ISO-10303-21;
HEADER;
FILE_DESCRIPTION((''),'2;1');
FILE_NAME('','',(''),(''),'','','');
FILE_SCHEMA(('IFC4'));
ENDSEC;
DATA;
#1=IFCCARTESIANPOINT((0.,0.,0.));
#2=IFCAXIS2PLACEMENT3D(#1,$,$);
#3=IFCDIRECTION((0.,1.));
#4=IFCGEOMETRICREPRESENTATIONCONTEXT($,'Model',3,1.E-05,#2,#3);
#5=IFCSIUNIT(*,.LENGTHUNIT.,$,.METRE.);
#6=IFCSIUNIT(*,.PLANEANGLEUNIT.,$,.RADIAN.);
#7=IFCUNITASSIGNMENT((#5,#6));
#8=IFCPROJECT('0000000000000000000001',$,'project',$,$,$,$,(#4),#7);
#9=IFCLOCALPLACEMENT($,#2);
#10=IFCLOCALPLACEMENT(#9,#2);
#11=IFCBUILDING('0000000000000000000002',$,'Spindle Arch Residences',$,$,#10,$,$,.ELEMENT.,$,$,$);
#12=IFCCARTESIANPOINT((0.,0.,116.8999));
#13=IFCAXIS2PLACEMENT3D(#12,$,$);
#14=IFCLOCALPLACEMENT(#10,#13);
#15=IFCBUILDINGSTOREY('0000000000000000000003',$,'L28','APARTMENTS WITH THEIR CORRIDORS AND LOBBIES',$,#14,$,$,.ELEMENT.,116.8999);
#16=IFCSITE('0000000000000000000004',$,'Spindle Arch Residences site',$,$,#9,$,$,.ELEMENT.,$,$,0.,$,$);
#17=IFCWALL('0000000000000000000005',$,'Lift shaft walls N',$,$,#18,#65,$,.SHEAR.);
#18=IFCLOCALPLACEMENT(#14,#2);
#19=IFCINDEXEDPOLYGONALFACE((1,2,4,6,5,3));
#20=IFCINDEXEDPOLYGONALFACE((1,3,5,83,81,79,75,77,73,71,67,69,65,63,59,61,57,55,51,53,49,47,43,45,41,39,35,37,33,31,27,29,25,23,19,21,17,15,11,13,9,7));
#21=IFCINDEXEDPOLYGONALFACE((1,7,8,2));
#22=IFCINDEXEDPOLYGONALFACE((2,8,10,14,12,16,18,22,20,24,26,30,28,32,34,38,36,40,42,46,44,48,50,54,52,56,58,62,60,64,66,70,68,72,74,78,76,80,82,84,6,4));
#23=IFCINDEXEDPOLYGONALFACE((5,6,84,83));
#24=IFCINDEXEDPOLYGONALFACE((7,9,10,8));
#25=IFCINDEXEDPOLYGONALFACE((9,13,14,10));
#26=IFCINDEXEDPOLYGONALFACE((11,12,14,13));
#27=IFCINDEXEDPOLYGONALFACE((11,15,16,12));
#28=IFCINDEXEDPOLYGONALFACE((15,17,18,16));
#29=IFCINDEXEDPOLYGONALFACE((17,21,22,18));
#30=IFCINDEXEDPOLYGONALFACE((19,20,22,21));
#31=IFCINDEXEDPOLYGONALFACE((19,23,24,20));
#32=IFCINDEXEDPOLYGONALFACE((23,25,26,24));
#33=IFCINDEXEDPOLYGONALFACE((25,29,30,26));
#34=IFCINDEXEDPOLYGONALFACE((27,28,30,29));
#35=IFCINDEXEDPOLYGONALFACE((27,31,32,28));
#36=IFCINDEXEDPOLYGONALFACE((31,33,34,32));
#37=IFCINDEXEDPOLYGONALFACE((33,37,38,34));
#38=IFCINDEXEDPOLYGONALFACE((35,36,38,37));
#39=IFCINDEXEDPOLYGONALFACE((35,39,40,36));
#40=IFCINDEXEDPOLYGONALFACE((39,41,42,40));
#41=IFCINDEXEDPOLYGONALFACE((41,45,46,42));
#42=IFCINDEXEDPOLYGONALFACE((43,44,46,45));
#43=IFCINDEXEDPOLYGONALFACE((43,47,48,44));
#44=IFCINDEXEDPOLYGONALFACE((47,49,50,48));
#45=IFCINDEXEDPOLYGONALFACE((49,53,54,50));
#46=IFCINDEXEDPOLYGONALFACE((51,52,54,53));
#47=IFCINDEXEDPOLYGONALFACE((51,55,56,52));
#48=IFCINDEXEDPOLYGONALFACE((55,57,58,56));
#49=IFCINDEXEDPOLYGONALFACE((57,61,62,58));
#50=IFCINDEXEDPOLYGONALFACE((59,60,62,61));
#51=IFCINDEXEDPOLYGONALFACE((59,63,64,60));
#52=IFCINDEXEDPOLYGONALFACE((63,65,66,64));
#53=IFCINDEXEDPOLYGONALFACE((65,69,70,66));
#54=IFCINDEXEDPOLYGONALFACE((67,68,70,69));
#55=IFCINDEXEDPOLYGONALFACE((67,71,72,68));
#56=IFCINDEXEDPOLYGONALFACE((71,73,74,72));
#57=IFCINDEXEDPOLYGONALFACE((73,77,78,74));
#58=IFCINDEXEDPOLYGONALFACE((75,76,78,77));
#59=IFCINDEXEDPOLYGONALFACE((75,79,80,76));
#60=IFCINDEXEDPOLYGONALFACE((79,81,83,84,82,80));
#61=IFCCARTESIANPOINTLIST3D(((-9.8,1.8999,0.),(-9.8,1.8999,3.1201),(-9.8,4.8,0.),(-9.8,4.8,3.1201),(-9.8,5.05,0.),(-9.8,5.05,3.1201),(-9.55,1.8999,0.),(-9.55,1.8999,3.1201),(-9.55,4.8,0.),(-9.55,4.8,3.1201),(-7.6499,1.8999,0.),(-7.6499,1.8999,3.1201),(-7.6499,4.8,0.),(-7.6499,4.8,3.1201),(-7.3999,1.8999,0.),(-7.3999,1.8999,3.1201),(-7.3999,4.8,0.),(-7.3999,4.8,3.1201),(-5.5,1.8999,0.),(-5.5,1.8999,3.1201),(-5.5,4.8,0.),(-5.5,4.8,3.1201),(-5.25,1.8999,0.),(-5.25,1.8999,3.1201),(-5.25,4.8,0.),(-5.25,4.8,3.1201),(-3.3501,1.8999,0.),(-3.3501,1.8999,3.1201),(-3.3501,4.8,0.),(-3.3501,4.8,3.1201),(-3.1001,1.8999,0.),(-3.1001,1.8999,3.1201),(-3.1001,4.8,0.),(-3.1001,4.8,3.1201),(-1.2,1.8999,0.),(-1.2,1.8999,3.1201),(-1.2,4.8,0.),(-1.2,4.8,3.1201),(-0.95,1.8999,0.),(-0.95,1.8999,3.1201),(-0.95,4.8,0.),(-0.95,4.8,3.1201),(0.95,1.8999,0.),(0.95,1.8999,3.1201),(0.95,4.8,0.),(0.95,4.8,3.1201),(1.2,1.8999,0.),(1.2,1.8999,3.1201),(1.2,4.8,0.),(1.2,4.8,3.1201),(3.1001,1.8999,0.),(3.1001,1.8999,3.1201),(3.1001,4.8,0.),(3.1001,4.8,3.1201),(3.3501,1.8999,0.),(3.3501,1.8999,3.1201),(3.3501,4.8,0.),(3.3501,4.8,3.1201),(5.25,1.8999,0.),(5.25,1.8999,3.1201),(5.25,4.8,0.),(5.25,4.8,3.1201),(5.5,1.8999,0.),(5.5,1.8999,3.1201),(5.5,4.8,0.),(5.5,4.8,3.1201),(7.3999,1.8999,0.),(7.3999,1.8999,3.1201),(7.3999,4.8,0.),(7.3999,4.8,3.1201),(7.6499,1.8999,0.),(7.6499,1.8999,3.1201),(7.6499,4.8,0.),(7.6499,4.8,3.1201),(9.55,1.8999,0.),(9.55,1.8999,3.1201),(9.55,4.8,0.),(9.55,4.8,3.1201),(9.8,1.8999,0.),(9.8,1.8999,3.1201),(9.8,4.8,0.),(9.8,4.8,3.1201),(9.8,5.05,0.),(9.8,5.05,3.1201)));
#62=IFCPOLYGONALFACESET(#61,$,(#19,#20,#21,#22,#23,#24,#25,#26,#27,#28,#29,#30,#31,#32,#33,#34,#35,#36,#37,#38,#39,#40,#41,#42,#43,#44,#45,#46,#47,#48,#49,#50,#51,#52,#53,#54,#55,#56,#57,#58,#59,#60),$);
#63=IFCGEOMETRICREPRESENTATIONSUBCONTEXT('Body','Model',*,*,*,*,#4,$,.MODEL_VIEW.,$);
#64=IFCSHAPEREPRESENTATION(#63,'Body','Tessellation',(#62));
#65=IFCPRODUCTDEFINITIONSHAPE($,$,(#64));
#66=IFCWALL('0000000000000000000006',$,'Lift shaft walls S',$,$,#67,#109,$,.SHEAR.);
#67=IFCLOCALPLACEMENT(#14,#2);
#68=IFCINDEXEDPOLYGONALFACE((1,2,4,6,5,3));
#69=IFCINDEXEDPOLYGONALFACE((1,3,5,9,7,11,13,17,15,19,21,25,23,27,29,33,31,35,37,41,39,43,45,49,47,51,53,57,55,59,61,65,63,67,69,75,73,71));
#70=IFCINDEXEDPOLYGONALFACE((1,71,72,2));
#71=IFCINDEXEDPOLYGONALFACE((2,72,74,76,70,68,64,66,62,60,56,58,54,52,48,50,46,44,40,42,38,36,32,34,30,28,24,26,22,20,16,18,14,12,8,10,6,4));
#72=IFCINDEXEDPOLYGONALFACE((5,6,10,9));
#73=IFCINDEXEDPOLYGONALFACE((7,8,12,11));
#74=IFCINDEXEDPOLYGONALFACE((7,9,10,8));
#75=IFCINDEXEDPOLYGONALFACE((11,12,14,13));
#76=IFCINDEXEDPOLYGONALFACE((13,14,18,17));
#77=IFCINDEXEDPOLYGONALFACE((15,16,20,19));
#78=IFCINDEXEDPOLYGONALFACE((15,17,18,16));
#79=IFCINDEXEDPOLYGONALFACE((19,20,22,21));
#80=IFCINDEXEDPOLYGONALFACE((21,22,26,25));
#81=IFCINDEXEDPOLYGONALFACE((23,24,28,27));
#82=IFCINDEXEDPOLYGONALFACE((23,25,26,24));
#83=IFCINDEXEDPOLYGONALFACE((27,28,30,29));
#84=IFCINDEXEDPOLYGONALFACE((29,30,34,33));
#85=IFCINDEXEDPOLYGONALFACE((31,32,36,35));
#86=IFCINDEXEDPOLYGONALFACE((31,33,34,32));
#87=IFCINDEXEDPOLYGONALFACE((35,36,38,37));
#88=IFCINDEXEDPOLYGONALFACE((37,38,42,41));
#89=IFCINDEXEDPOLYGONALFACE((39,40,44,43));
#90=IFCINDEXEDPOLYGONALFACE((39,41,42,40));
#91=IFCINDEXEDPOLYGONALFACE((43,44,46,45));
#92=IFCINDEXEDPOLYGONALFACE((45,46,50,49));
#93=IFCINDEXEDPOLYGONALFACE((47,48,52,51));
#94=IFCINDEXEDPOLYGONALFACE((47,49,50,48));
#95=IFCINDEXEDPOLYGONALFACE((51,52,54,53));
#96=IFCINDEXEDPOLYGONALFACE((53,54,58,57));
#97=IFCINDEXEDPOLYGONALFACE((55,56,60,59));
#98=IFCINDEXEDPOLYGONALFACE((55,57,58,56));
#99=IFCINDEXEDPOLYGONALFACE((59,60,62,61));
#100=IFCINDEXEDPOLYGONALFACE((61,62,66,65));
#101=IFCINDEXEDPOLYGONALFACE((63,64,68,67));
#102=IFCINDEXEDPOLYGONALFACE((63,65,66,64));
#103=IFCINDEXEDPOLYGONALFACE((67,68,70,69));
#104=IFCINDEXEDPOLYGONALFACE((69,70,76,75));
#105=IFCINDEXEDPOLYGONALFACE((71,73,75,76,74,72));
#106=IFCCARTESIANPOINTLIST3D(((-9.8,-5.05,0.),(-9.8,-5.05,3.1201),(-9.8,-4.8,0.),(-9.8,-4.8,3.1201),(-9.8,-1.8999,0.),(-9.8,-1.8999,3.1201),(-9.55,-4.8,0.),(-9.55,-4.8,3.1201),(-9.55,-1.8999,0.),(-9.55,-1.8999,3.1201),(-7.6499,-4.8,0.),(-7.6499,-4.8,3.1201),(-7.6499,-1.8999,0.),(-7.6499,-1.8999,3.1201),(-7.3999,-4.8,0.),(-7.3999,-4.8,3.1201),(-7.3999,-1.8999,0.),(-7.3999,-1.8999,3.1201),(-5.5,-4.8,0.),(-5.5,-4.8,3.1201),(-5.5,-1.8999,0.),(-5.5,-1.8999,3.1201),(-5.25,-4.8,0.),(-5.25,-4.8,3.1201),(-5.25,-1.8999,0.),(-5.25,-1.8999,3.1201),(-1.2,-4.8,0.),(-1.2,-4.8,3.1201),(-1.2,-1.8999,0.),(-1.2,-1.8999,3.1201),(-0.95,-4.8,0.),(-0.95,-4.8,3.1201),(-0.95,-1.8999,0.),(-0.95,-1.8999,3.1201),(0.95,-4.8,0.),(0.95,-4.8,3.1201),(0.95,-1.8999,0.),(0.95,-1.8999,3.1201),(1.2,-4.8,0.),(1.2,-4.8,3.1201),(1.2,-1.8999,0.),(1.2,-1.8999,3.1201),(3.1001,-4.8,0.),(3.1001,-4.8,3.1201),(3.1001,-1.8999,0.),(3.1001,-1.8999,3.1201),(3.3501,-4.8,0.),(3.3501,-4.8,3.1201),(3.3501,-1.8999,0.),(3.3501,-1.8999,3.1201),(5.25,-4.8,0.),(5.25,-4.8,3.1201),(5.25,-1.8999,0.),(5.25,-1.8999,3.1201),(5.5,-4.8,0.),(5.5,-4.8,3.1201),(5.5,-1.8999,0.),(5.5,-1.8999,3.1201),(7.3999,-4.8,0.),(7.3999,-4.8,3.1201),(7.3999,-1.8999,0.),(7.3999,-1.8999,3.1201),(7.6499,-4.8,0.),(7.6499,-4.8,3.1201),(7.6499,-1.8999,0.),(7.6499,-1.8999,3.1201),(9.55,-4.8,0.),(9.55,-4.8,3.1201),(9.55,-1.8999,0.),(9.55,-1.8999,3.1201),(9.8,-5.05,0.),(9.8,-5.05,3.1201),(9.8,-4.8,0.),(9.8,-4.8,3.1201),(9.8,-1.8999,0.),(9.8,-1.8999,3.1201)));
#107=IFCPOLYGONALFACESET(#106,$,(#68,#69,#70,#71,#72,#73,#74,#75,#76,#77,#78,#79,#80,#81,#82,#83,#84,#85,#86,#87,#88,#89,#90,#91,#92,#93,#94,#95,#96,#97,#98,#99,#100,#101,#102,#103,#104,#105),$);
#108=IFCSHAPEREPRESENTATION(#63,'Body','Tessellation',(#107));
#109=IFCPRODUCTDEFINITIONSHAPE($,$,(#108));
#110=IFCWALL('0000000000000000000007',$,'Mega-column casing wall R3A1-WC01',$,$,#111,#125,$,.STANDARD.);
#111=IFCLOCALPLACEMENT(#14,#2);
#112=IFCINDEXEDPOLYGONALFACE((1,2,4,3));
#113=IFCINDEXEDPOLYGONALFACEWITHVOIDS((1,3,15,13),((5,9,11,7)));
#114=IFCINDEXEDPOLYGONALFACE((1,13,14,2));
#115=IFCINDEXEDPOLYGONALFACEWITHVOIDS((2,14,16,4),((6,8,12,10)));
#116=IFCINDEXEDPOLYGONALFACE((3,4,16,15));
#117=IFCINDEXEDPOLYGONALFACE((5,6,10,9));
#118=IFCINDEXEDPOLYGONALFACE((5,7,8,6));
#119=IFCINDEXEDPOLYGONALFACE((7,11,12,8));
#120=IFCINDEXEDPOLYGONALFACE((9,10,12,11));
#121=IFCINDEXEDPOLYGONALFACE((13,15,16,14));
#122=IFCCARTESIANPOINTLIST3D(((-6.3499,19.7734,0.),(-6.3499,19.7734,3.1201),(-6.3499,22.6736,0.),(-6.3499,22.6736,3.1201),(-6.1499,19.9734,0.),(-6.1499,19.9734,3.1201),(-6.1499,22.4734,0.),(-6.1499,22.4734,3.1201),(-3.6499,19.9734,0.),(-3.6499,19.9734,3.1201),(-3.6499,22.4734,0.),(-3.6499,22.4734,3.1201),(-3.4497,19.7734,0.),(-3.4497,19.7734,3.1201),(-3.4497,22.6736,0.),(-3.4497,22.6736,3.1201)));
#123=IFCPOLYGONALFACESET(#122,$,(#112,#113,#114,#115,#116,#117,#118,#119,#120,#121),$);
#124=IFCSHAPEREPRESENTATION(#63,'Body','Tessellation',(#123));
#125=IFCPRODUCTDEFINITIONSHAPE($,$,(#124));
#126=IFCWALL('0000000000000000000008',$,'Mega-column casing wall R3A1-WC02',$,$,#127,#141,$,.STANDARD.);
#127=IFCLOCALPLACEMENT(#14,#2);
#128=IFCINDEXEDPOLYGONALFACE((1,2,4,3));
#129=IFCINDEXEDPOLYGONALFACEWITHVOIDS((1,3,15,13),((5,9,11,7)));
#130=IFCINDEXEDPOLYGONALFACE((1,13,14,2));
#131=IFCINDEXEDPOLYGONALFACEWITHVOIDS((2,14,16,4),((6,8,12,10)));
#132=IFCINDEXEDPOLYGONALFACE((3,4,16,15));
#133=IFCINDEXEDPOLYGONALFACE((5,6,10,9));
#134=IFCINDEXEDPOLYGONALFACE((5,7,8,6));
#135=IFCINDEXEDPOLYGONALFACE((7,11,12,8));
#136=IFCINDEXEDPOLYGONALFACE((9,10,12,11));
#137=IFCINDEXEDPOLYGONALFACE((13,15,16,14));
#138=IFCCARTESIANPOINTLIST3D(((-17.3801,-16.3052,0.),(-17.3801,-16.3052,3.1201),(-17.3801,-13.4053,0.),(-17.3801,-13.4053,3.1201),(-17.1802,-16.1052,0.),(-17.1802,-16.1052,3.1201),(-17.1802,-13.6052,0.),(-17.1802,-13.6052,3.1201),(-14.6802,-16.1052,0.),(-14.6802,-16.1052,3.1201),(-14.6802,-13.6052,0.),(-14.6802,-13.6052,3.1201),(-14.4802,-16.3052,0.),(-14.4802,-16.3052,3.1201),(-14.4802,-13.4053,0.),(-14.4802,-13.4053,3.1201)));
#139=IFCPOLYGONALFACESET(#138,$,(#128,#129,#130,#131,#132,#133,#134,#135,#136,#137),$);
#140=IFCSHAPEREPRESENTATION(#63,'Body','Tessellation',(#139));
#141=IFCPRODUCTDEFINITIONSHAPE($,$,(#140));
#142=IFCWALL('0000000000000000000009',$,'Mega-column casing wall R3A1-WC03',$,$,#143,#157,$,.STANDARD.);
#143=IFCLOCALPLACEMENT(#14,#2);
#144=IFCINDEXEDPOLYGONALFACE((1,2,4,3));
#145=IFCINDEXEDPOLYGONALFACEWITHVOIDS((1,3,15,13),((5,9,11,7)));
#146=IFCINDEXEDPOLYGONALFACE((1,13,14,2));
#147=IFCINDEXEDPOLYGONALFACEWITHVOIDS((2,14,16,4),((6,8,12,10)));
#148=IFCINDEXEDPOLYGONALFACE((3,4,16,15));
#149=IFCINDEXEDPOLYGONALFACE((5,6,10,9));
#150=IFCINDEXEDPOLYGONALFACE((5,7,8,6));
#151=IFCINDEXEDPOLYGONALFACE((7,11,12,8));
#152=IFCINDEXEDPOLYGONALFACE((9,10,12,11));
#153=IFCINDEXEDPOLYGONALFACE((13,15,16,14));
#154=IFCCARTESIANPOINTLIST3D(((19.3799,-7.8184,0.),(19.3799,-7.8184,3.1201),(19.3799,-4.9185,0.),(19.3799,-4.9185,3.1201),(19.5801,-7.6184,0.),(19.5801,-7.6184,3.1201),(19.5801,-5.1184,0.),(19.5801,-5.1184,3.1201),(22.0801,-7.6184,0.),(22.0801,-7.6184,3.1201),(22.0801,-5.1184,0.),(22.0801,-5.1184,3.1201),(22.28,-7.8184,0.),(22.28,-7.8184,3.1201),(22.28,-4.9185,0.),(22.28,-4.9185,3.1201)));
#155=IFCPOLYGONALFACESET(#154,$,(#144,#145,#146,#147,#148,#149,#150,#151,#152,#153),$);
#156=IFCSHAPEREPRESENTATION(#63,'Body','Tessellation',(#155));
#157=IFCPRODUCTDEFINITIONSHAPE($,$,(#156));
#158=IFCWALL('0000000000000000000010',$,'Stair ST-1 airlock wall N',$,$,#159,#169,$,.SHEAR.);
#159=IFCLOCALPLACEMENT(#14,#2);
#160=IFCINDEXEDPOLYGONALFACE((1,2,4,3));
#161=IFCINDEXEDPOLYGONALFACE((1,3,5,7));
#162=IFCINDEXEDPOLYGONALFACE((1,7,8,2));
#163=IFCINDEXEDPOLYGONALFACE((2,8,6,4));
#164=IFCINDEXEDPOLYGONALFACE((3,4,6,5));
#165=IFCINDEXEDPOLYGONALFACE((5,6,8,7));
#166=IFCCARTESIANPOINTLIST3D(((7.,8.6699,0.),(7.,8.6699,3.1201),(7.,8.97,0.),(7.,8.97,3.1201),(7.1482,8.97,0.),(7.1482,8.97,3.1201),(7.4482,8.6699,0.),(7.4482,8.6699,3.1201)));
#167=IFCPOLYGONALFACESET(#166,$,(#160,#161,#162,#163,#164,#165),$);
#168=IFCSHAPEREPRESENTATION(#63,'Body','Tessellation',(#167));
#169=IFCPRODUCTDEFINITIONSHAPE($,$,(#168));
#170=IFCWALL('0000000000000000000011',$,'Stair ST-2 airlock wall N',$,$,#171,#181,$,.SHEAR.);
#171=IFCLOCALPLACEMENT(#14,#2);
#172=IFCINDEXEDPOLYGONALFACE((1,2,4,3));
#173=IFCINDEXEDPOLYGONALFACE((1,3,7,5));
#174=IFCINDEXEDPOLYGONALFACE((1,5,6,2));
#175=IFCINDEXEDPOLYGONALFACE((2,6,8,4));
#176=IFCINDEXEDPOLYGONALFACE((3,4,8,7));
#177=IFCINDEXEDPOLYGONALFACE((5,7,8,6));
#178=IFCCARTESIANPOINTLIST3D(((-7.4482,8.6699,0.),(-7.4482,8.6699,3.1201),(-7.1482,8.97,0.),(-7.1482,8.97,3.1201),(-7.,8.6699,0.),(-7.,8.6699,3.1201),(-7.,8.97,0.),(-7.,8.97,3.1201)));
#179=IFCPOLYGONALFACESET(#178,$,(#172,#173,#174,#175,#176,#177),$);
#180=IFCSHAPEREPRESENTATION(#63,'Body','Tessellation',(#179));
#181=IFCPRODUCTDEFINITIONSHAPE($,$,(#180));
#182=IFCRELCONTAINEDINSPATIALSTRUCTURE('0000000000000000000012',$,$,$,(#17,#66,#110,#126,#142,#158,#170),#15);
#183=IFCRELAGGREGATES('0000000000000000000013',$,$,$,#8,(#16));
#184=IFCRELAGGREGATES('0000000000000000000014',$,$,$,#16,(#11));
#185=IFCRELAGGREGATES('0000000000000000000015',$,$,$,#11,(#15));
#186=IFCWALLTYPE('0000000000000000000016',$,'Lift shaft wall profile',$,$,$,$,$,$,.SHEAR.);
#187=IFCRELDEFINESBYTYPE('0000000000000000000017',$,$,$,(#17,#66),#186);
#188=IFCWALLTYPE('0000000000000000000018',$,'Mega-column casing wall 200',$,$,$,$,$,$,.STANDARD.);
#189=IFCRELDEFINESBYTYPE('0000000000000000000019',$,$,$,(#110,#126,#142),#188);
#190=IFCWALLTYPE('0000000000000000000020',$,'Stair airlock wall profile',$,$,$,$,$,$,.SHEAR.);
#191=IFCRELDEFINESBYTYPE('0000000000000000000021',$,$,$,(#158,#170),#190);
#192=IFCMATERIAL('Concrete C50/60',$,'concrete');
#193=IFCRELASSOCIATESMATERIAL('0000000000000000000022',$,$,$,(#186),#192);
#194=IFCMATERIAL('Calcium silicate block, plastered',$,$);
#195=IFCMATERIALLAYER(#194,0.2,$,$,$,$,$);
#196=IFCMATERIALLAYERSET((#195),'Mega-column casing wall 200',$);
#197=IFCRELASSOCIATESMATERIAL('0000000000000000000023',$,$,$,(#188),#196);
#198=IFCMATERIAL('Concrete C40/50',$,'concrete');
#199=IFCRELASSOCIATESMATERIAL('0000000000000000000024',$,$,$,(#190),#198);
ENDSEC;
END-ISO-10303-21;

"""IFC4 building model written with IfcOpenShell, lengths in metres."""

from ifc_helpers import new_model, si_unit, direction, frame, origin, place, context, subcontext, project, spatial, polyline, outline, extrude, material, layer, layer_set, type_object, element, save


model = new_model("IFC4")

# Units and contexts
model_context = context("Model", 3, precision=1e-05, world=origin(), true_north=direction((0.0, 1.0)))
body_context = subcontext(model_context, "Body", "Model", "MODEL_VIEW")
ifc_project = project(units=[si_unit("LENGTHUNIT", "METRE"), si_unit("PLANEANGLEUNIT", "RADIAN")], contexts=[model_context])

# Site, building, storey
site_placement = place(None, origin())
site = spatial("IfcSite", under=ifc_project, at=site_placement, Name="Spindle Arch Residences site", CompositionType="ELEMENT", RefElevation=0.0)
building_placement = place(site_placement, origin())
building = spatial("IfcBuilding", under=site, at=building_placement, Name="Spindle Arch Residences", CompositionType="ELEMENT")
storey_placement = place(building_placement, frame((0.0, 0.0, 116.8999)))
storey = spatial("IfcBuildingStorey", under=building, at=storey_placement, Name="L28", Description="APARTMENTS WITH THEIR CORRIDORS AND LOBBIES", CompositionType="ELEMENT", Elevation=116.8999)

# Walls
ifc_material_1 = material(Name="Concrete C50/60", Category="concrete")
wall_type_1 = type_object("IfcWallType", Name="Lift shaft wall profile", PredefinedType="SHEAR", material=ifc_material_1)
wall_1_placement = place(storey_placement, origin())
element("IfcWall", 1, at=wall_1_placement, inside=storey, type_object=wall_type_1, Name="Lift shaft walls N", PredefinedType="SHEAR", context=body_context, shape_type="SweptSolid", body=[
    extrude(outline(polyline([(-9.55, 4.8), (-7.6499, 4.8), (-7.6499, 1.8999), (-7.3999, 1.8999), (-7.3999, 4.8), (-5.5, 4.8), (-5.5, 1.8999), (-5.25, 1.8999), (-5.25, 4.8), (-3.3501, 4.8), (-3.3501, 1.8999), (-3.1001, 1.8999), (-3.1001, 4.8), (-1.2, 4.8), (-1.2, 1.8999), (-0.95, 1.8999), (-0.95, 4.8), (0.95, 4.8), (0.95, 1.8999), (1.2, 1.8999), (1.2, 4.8), (3.1001, 4.8), (3.1001, 1.8999), (3.3501, 1.8999), (3.3501, 4.8), (5.25, 4.8), (5.25, 1.8999), (5.5, 1.8999), (5.5, 4.8), (7.3999, 4.8), (7.3999, 1.8999), (7.6499, 1.8999), (7.6499, 4.8), (9.55, 4.8), (9.55, 1.8999), (9.8, 1.8999), (9.8, 4.8), (9.8, 5.05), (-9.8, 5.05), (-9.8, 4.8), (-9.8, 1.8999), (-9.55, 1.8999), (-9.55, 4.8)])), origin(), (0.0, 0.0, 1.0), 3.1201),
])
wall_2_placement = place(storey_placement, origin())
element("IfcWall", 2, at=wall_2_placement, inside=storey, type_object=wall_type_1, Name="Lift shaft walls S", PredefinedType="SHEAR", context=body_context, shape_type="SweptSolid", body=[
    extrude(outline(polyline([(9.8, -5.05), (9.8, -4.8), (9.8, -1.8999), (9.55, -1.8999), (9.55, -4.8), (7.6499, -4.8), (7.6499, -1.8999), (7.3999, -1.8999), (7.3999, -4.8), (5.5, -4.8), (5.5, -1.8999), (5.25, -1.8999), (5.25, -4.8), (3.3501, -4.8), (3.3501, -1.8999), (3.1001, -1.8999), (3.1001, -4.8), (1.2, -4.8), (1.2, -1.8999), (0.95, -1.8999), (0.95, -4.8), (-0.95, -4.8), (-0.95, -1.8999), (-1.2, -1.8999), (-1.2, -4.8), (-5.25, -4.8), (-5.25, -1.8999), (-5.5, -1.8999), (-5.5, -4.8), (-7.3999, -4.8), (-7.3999, -1.8999), (-7.6499, -1.8999), (-7.6499, -4.8), (-9.55, -4.8), (-9.55, -1.8999), (-9.8, -1.8999), (-9.8, -4.8), (-9.8, -5.05), (9.8, -5.05)])), origin(), (0.0, 0.0, 1.0), 3.1201),
])
ifc_material_2 = material(Name="Calcium silicate block, plastered")
ifc_layer_1 = layer(ifc_material_2, 0.2)
ifc_layer_set_1 = layer_set([ifc_layer_1], Name="Mega-column casing wall 200")
wall_type_2 = type_object("IfcWallType", Name="Mega-column casing wall 200", PredefinedType="STANDARD", material=ifc_layer_set_1)
wall_3_placement = place(storey_placement, origin())
element("IfcWall", 3, at=wall_3_placement, inside=storey, type_object=wall_type_2, Name="Mega-column casing wall R3A1-WC01", PredefinedType="STANDARD", context=body_context, shape_type="SweptSolid", body=[
    extrude(outline(polyline([(-3.4497, 22.6736), (-3.4497, 19.7734), (-6.3499, 19.7734), (-6.3499, 22.6736), (-3.4497, 22.6736)]), holes=[polyline([(-6.1499, 19.9734), (-3.6499, 19.9734), (-3.6499, 22.4734), (-6.1499, 22.4734), (-6.1499, 19.9734)])]), origin(), (0.0, 0.0, 1.0), 3.1201),
])
wall_4_placement = place(storey_placement, origin())
element("IfcWall", 4, at=wall_4_placement, inside=storey, type_object=wall_type_2, Name="Mega-column casing wall R3A1-WC02", PredefinedType="STANDARD", context=body_context, shape_type="SweptSolid", body=[
    extrude(outline(polyline([(-14.4802, -13.4053), (-14.4802, -16.3052), (-17.3801, -16.3052), (-17.3801, -13.4053), (-14.4802, -13.4053)]), holes=[polyline([(-17.1802, -16.1052), (-14.6802, -16.1052), (-14.6802, -13.6052), (-17.1802, -13.6052), (-17.1802, -16.1052)])]), origin(), (0.0, 0.0, 1.0), 3.1201),
])
wall_5_placement = place(storey_placement, origin())
element("IfcWall", 5, at=wall_5_placement, inside=storey, type_object=wall_type_2, Name="Mega-column casing wall R3A1-WC03", PredefinedType="STANDARD", context=body_context, shape_type="SweptSolid", body=[
    extrude(outline(polyline([(22.28, -4.9185), (22.28, -7.8184), (19.3799, -7.8184), (19.3799, -4.9185), (22.28, -4.9185)]), holes=[polyline([(19.5801, -7.6184), (22.0801, -7.6184), (22.0801, -5.1184), (19.5801, -5.1184), (19.5801, -7.6184)])]), origin(), (0.0, 0.0, 1.0), 3.1201),
])
ifc_material_3 = material(Name="Concrete C40/50", Category="concrete")
wall_type_3 = type_object("IfcWallType", Name="Stair airlock wall profile", PredefinedType="SHEAR", material=ifc_material_3)
wall_6_placement = place(storey_placement, origin())
element("IfcWall", 6, at=wall_6_placement, inside=storey, type_object=wall_type_3, Name="Stair ST-1 airlock wall N", PredefinedType="SHEAR", context=body_context, shape_type="SweptSolid", body=[
    extrude(outline(polyline([(7.4482, 8.6699), (7.0, 8.6699), (7.0, 8.97), (7.1482, 8.97), (7.4482, 8.6699)])), origin(), (0.0, 0.0, 1.0), 3.1201),
])
wall_7_placement = place(storey_placement, origin())
element("IfcWall", 7, at=wall_7_placement, inside=storey, type_object=wall_type_3, Name="Stair ST-2 airlock wall N", PredefinedType="SHEAR", context=body_context, shape_type="SweptSolid", body=[
    extrude(outline(polyline([(-7.1482, 8.97), (-7.0, 8.97), (-7.0, 8.6699), (-7.4482, 8.6699), (-7.1482, 8.97)])), origin(), (0.0, 0.0, 1.0), 3.1201),
])

save(model, "model.ifc")
